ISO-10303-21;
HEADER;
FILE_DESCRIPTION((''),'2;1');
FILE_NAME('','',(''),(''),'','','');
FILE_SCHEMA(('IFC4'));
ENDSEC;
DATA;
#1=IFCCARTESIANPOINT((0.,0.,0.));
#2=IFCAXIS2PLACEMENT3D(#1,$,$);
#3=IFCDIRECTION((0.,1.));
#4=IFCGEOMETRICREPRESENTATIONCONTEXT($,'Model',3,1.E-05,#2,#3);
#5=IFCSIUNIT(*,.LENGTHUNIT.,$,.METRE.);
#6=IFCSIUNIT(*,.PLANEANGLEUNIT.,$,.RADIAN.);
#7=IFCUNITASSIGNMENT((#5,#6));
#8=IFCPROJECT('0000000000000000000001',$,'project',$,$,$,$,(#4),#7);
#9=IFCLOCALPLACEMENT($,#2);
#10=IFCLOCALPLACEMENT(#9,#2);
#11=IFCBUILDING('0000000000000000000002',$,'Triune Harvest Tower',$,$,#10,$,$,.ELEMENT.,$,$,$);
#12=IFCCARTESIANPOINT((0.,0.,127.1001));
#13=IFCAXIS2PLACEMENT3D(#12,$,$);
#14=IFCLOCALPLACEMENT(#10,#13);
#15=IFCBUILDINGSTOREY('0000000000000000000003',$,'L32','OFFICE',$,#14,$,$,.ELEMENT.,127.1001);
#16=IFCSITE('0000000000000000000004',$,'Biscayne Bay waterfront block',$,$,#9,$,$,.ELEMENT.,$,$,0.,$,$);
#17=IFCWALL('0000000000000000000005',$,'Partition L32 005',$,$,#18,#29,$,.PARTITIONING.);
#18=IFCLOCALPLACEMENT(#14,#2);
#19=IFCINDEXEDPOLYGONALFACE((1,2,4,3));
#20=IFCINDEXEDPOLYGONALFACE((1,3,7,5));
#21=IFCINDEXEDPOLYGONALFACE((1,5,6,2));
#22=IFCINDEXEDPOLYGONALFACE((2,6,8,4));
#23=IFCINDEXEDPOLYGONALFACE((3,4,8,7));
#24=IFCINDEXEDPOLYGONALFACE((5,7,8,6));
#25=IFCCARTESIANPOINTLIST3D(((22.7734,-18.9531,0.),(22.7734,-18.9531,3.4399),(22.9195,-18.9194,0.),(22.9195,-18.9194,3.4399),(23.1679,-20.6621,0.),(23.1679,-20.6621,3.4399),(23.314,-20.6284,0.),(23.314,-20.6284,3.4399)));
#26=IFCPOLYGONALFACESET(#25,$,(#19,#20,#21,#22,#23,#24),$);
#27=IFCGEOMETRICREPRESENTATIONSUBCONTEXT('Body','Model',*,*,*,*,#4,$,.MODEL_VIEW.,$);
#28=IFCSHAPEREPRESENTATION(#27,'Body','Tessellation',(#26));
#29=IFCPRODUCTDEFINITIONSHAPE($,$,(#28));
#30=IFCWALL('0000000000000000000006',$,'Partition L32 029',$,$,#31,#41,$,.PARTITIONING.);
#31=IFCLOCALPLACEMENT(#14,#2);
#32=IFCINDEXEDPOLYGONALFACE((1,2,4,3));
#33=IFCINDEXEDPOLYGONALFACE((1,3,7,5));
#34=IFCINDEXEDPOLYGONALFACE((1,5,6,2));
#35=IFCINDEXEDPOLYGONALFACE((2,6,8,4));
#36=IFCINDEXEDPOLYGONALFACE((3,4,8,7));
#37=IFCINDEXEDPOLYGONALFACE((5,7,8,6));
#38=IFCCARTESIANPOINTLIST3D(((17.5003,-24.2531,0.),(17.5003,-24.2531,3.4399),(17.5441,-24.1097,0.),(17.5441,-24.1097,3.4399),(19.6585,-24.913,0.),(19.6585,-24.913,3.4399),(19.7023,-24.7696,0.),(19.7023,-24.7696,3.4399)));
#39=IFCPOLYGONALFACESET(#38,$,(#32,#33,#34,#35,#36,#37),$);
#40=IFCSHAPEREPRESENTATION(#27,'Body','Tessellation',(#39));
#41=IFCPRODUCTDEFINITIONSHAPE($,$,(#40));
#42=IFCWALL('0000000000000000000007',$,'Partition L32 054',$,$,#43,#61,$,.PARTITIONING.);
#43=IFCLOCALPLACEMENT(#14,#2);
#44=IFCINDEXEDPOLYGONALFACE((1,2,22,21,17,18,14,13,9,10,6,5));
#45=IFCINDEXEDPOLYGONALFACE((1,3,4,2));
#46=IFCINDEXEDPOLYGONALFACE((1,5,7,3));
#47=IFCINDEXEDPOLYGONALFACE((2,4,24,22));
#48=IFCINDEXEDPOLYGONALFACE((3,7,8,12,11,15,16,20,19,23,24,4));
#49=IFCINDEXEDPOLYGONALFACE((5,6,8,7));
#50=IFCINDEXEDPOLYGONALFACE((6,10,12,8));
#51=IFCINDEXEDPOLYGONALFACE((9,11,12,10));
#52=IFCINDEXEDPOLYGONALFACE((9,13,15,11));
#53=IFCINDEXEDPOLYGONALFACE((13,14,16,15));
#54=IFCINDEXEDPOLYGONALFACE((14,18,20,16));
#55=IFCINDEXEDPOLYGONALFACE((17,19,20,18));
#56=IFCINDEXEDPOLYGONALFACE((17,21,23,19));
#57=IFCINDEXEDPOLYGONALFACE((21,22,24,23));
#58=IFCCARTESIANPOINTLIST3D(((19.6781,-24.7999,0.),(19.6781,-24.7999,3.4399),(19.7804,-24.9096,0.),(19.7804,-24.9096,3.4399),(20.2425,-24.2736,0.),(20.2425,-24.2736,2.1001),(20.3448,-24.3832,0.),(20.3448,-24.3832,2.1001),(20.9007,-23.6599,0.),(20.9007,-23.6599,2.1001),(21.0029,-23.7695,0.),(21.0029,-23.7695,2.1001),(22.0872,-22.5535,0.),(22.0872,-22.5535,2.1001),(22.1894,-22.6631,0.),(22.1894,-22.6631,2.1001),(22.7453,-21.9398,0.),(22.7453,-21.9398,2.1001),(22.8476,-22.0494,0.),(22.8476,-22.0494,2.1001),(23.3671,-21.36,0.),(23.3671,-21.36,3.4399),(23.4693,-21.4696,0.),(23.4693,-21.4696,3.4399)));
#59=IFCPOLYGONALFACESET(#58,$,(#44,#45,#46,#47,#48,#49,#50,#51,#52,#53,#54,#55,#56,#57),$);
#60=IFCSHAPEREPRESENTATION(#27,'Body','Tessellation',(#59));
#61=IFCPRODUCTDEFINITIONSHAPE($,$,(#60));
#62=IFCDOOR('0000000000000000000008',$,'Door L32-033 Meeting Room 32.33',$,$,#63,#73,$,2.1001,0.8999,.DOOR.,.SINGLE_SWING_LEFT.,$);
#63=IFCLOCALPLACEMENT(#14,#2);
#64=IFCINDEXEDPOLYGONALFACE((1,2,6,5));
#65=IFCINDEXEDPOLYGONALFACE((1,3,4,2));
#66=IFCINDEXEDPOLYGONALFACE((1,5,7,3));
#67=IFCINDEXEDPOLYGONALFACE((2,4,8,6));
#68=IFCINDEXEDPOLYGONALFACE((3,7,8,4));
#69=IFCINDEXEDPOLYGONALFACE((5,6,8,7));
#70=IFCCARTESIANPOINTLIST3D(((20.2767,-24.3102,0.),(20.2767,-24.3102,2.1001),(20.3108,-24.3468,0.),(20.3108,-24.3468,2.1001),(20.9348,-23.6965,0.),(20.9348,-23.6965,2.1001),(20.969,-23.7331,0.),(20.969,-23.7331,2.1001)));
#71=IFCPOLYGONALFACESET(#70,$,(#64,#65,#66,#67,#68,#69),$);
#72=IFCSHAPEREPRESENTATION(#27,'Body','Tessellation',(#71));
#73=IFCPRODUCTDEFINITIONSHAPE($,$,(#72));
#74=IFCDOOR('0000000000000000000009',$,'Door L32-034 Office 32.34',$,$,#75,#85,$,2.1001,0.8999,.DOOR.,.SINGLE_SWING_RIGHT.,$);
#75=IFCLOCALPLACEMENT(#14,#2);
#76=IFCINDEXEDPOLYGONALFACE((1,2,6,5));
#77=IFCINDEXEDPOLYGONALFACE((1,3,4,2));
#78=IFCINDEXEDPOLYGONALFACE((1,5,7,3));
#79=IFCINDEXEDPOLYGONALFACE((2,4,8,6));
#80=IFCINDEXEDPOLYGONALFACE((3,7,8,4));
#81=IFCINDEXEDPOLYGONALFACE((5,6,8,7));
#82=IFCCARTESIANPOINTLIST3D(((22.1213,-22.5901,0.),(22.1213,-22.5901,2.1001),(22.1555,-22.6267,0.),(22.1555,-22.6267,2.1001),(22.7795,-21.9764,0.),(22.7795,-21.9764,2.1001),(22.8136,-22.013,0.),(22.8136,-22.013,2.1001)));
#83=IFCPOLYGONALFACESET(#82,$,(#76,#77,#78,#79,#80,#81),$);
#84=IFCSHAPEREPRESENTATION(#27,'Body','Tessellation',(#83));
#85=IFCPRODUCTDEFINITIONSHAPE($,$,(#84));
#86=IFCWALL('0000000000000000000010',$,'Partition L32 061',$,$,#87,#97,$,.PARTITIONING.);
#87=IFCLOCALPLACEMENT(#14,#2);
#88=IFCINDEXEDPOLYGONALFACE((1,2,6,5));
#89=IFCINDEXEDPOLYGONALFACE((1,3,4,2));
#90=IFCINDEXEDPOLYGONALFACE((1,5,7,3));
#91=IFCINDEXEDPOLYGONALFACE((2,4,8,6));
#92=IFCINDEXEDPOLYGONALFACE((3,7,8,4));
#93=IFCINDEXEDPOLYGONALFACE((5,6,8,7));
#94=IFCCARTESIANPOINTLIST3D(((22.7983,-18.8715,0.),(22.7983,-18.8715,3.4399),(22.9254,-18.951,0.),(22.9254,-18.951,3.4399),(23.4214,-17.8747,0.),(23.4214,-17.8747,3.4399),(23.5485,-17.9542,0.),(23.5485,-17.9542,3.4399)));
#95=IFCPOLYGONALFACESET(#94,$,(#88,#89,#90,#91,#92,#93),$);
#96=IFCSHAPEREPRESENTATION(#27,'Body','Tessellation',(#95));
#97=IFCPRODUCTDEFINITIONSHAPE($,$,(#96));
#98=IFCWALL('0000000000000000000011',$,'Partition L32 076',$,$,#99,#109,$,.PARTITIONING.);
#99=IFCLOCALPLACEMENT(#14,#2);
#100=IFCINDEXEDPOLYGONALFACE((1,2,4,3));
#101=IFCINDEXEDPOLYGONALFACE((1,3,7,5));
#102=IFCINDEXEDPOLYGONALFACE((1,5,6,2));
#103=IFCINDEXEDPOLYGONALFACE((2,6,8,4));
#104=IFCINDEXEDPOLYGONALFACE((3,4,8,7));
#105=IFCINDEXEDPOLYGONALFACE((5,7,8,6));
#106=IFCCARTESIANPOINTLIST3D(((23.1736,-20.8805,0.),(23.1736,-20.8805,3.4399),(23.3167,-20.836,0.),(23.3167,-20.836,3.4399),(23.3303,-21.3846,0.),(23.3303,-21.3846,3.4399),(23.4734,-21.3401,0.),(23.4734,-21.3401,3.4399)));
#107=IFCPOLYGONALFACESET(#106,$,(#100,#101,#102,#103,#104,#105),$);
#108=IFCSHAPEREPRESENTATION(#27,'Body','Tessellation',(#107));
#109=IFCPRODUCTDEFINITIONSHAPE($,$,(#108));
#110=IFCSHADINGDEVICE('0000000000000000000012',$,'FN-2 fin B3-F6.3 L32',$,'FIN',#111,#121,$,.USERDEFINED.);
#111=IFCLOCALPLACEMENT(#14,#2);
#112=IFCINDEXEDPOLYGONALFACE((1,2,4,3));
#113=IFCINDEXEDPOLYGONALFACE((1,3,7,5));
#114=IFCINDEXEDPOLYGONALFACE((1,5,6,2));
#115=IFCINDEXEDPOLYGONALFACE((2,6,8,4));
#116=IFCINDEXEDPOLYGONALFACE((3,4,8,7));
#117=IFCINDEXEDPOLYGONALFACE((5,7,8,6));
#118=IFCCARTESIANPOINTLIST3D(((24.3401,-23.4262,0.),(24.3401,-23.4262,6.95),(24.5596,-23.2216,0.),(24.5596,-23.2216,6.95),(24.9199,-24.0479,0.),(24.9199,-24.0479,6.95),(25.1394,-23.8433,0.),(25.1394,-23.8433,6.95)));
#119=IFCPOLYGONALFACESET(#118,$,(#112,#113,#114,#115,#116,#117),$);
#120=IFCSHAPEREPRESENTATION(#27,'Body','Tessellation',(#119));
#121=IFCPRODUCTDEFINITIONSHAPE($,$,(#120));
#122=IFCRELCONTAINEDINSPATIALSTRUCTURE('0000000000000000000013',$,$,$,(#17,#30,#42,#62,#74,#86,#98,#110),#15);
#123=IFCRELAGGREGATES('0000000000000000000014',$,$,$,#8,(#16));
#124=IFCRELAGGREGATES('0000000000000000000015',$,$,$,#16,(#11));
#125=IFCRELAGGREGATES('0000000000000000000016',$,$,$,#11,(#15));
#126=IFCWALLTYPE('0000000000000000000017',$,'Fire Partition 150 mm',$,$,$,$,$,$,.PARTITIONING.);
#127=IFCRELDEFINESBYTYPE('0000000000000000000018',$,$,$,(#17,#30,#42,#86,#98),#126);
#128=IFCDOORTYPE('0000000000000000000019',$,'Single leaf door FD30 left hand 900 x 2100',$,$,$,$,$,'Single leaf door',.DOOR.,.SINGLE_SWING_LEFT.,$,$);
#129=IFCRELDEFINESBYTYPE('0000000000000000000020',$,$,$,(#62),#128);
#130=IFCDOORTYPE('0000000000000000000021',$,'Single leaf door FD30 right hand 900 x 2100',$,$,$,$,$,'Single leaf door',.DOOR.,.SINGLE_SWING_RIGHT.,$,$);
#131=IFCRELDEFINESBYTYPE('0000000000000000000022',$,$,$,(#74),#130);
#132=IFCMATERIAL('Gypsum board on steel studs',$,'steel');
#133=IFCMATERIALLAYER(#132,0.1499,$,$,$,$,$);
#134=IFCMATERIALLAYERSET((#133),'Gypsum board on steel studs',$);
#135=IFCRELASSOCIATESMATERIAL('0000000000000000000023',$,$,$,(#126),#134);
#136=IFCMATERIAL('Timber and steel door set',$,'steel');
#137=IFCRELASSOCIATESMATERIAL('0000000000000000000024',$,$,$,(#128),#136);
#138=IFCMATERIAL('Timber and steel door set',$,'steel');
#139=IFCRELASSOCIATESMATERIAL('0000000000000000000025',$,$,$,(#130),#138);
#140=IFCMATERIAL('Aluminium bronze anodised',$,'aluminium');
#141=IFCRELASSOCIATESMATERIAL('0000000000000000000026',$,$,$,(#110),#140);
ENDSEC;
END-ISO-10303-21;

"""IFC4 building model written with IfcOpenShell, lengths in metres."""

from ifc_helpers import new_model, si_unit, direction, frame, frame_2d, origin, origin_2d, place, context, subcontext, project, spatial, rectangle, extrude, source, transform, mapped, material, layer, layer_set, type_object, element, fill, save


model = new_model("IFC4")

# Units and contexts
model_context = context("Model", 3, precision=1e-05, world=origin(), true_north=direction((0.0, 1.0)))
body_context = subcontext(model_context, "Body", "Model", "MODEL_VIEW")
ifc_project = project(units=[si_unit("LENGTHUNIT", "METRE"), si_unit("PLANEANGLEUNIT", "RADIAN")], contexts=[model_context])

# Site, building, storey
site_placement = place(None, origin())
site = spatial("IfcSite", under=ifc_project, at=site_placement, Name="Biscayne Bay waterfront block", CompositionType="ELEMENT", RefElevation=0.0)
building_placement = place(site_placement, origin())
building = spatial("IfcBuilding", under=site, at=building_placement, Name="Triune Harvest Tower", CompositionType="ELEMENT")
storey_placement = place(building_placement, frame((0.0, 0.0, 127.1001)))
storey = spatial("IfcBuildingStorey", under=building, at=storey_placement, Name="L32", Description="OFFICE", CompositionType="ELEMENT", Elevation=127.1001)

# Walls
ifc_material_1 = material(Name="Gypsum board on steel studs", Category="steel")
ifc_layer_1 = layer(ifc_material_1, 0.1499)
ifc_layer_set_1 = layer_set([ifc_layer_1], Name="Gypsum board on steel studs")
wall_type = type_object("IfcWallType", Name="Fire Partition 150 mm", PredefinedType="PARTITIONING", material=ifc_layer_set_1)
wall_1_placement = place(storey_placement, frame((22.8464, -18.9363, 0.0), z_axis=(0.0, 0.0, 1.0), x_axis=(0.224941, -0.974372, 0.0)))
element("IfcWall", 1, at=wall_1_placement, inside=storey, type_object=wall_type, Name="Partition L32 005", PredefinedType="PARTITIONING", context=body_context, shape_type="SweptSolid", body=[
    extrude(rectangle(XDim=1.7539, YDim=0.1499, at=frame_2d((0.877, 0.0))), origin(), (0.0, 0.0, 1.0), 3.4399),
])
wall_2_placement = place(storey_placement, frame((17.5222, -24.1814, 0.0), z_axis=(0.0, 0.0, 1.0), x_axis=(0.956294, -0.292405, 0.0)))
element("IfcWall", 2, at=wall_2_placement, inside=storey, type_object=wall_type, Name="Partition L32 029", PredefinedType="PARTITIONING", context=body_context, shape_type="SweptSolid", body=[
    extrude(rectangle(XDim=2.2568, YDim=0.1499, at=frame_2d((1.1284, 0.0))), origin(), (0.0, 0.0, 1.0), 3.4399),
])

# Wall, openings, doors
wall_3_placement = place(storey_placement, frame((19.7292, -24.8547, 0.0), z_axis=(0.0, 0.0, 1.0), x_axis=(0.731361, 0.681991, 0.0)))
wall_3 = element("IfcWall", 3, at=wall_3_placement, inside=storey, type_object=wall_type, Name="Partition L32 054", PredefinedType="PARTITIONING", context=body_context, shape_type="SweptSolid", body=[
    extrude(rectangle(XDim=5.0439, YDim=0.1499, at=frame_2d((2.522, 0.0))), origin(), (0.0, 0.0, 1.0), 3.4399),
])
opening_1_placement = place(wall_3_placement, frame((0.7717, 0.0, 0.0)))
opening_1 = element("IfcOpeningElement", 4, at=opening_1_placement, cuts=wall_3, PredefinedType="OPENING", context=body_context, shape_type="SweptSolid", body=[
    extrude(rectangle(XDim=0.8999, YDim=2.1001, at=frame_2d((0.45, 1.05))), frame((0.0, 0.085, 0.0), z_axis=(0.0, -1.0, 0.0), x_axis=(1.0, 0.0, 0.0)), (0.0, 0.0, 1.0), 0.1699),
])
opening_2_placement = place(wall_3_placement, frame((3.2939, 0.0, 0.0)))
opening_2 = element("IfcOpeningElement", 5, at=opening_2_placement, cuts=wall_3, PredefinedType="OPENING", context=body_context, shape_type="SweptSolid", body=[
    extrude(rectangle(XDim=0.8999, YDim=2.1001, at=frame_2d((0.45, 1.05))), frame((0.0, 0.085, 0.0), z_axis=(0.0, -1.0, 0.0), x_axis=(1.0, 0.0, 0.0)), (0.0, 0.0, 1.0), 0.1699),
])
ifc_material_2 = material(Name="Timber and steel door set", Category="steel")
door_type_1 = type_object("IfcDoorType", Name="Single leaf door FD30 left hand 900 x 2100", ElementType="Single leaf door", OperationType="SINGLE_SWING_LEFT", PredefinedType="DOOR", material=ifc_material_2)
door_1_placement = place(opening_1_placement, origin())
door_1 = element("IfcDoor", 6, at=door_1_placement, inside=storey, type_object=door_type_1, Name="Door L32-033 Meeting Room 32.33", OperationType="SINGLE_SWING_LEFT", OverallHeight=2.1001, OverallWidth=0.8999, PredefinedType="DOOR", context=body_context, shape_type="SweptSolid", body=[
    extrude(rectangle(XDim=0.8999, YDim=2.1001, at=frame_2d((0.45, 1.05))), frame((0.0, 0.0249, 0.0), z_axis=(0.0, -1.0, 0.0), x_axis=(1.0, 0.0, 0.0)), (0.0, 0.0, 1.0), 0.05),
])
fill(opening_1, door_1)
ifc_material_3 = material(Name="Timber and steel door set", Category="steel")
door_type_2 = type_object("IfcDoorType", Name="Single leaf door FD30 right hand 900 x 2100", ElementType="Single leaf door", OperationType="SINGLE_SWING_RIGHT", PredefinedType="DOOR", material=ifc_material_3)
door_2_placement = place(opening_2_placement, origin())
door_2 = element("IfcDoor", 7, at=door_2_placement, inside=storey, type_object=door_type_2, Name="Door L32-034 Office 32.34", OperationType="SINGLE_SWING_RIGHT", OverallHeight=2.1001, OverallWidth=0.8999, PredefinedType="DOOR", context=body_context, shape_type="SweptSolid", body=[
    extrude(rectangle(XDim=0.8999, YDim=2.1001, at=frame_2d((0.45, 1.05))), frame((0.0, 0.0249, 0.0), z_axis=(0.0, -1.0, 0.0), x_axis=(1.0, 0.0, 0.0)), (0.0, 0.0, 1.0), 0.05),
])
fill(opening_2, door_2)

# Walls
wall_4_placement = place(storey_placement, frame((22.8618, -18.9114, 0.0), z_axis=(0.0, 0.0, 1.0), x_axis=(0.530018, 0.847987, 0.0)))
element("IfcWall", 8, at=wall_4_placement, inside=storey, type_object=wall_type, Name="Partition L32 061", PredefinedType="PARTITIONING", context=body_context, shape_type="SweptSolid", body=[
    extrude(rectangle(XDim=1.1755, YDim=0.1499, at=frame_2d((0.5879, 0.0))), origin(), (0.0, 0.0, 1.0), 3.4399),
])
wall_5_placement = place(storey_placement, frame((23.4019, -21.3623, 0.0), z_axis=(0.0, 0.0, 1.0), x_axis=(-0.296879, 0.954915, 0.0)))
element("IfcWall", 9, at=wall_5_placement, inside=storey, type_object=wall_type, Name="Partition L32 076", PredefinedType="PARTITIONING", context=body_context, shape_type="SweptSolid", body=[
    extrude(rectangle(XDim=0.5278, YDim=0.1499, at=frame_2d((0.2639, 0.0))), origin(), (0.0, 0.0, 1.0), 3.4399),
])

# Shading device
ifc_material_4 = material(Name="Aluminium bronze anodised", Category="aluminium")
shared_shape_1 = source(origin(), body_context, "Body", "SweptSolid", [
    extrude(rectangle(XDim=0.3, YDim=0.8501, at=origin_2d()), origin(), (0.0, 0.0, 1.0), 6.95),
])
shading_device_placement = place(storey_placement, frame((24.7397, -23.6348, 0.0), z_axis=(0.0, 0.0, 1.0), x_axis=(0.73135, 0.682002, 0.0)))
element("IfcShadingDevice", 10, at=shading_device_placement, inside=storey, material=ifc_material_4, Name="FN-2 fin B3-F6.3 L32", ObjectType="FIN", PredefinedType="USERDEFINED", context=body_context, shape_type="MappedRepresentation", body=[
    mapped(shared_shape_1, transform((0.0, 0.0, 0.0), scale=1.0)),
])

save(model, "model.ifc")
